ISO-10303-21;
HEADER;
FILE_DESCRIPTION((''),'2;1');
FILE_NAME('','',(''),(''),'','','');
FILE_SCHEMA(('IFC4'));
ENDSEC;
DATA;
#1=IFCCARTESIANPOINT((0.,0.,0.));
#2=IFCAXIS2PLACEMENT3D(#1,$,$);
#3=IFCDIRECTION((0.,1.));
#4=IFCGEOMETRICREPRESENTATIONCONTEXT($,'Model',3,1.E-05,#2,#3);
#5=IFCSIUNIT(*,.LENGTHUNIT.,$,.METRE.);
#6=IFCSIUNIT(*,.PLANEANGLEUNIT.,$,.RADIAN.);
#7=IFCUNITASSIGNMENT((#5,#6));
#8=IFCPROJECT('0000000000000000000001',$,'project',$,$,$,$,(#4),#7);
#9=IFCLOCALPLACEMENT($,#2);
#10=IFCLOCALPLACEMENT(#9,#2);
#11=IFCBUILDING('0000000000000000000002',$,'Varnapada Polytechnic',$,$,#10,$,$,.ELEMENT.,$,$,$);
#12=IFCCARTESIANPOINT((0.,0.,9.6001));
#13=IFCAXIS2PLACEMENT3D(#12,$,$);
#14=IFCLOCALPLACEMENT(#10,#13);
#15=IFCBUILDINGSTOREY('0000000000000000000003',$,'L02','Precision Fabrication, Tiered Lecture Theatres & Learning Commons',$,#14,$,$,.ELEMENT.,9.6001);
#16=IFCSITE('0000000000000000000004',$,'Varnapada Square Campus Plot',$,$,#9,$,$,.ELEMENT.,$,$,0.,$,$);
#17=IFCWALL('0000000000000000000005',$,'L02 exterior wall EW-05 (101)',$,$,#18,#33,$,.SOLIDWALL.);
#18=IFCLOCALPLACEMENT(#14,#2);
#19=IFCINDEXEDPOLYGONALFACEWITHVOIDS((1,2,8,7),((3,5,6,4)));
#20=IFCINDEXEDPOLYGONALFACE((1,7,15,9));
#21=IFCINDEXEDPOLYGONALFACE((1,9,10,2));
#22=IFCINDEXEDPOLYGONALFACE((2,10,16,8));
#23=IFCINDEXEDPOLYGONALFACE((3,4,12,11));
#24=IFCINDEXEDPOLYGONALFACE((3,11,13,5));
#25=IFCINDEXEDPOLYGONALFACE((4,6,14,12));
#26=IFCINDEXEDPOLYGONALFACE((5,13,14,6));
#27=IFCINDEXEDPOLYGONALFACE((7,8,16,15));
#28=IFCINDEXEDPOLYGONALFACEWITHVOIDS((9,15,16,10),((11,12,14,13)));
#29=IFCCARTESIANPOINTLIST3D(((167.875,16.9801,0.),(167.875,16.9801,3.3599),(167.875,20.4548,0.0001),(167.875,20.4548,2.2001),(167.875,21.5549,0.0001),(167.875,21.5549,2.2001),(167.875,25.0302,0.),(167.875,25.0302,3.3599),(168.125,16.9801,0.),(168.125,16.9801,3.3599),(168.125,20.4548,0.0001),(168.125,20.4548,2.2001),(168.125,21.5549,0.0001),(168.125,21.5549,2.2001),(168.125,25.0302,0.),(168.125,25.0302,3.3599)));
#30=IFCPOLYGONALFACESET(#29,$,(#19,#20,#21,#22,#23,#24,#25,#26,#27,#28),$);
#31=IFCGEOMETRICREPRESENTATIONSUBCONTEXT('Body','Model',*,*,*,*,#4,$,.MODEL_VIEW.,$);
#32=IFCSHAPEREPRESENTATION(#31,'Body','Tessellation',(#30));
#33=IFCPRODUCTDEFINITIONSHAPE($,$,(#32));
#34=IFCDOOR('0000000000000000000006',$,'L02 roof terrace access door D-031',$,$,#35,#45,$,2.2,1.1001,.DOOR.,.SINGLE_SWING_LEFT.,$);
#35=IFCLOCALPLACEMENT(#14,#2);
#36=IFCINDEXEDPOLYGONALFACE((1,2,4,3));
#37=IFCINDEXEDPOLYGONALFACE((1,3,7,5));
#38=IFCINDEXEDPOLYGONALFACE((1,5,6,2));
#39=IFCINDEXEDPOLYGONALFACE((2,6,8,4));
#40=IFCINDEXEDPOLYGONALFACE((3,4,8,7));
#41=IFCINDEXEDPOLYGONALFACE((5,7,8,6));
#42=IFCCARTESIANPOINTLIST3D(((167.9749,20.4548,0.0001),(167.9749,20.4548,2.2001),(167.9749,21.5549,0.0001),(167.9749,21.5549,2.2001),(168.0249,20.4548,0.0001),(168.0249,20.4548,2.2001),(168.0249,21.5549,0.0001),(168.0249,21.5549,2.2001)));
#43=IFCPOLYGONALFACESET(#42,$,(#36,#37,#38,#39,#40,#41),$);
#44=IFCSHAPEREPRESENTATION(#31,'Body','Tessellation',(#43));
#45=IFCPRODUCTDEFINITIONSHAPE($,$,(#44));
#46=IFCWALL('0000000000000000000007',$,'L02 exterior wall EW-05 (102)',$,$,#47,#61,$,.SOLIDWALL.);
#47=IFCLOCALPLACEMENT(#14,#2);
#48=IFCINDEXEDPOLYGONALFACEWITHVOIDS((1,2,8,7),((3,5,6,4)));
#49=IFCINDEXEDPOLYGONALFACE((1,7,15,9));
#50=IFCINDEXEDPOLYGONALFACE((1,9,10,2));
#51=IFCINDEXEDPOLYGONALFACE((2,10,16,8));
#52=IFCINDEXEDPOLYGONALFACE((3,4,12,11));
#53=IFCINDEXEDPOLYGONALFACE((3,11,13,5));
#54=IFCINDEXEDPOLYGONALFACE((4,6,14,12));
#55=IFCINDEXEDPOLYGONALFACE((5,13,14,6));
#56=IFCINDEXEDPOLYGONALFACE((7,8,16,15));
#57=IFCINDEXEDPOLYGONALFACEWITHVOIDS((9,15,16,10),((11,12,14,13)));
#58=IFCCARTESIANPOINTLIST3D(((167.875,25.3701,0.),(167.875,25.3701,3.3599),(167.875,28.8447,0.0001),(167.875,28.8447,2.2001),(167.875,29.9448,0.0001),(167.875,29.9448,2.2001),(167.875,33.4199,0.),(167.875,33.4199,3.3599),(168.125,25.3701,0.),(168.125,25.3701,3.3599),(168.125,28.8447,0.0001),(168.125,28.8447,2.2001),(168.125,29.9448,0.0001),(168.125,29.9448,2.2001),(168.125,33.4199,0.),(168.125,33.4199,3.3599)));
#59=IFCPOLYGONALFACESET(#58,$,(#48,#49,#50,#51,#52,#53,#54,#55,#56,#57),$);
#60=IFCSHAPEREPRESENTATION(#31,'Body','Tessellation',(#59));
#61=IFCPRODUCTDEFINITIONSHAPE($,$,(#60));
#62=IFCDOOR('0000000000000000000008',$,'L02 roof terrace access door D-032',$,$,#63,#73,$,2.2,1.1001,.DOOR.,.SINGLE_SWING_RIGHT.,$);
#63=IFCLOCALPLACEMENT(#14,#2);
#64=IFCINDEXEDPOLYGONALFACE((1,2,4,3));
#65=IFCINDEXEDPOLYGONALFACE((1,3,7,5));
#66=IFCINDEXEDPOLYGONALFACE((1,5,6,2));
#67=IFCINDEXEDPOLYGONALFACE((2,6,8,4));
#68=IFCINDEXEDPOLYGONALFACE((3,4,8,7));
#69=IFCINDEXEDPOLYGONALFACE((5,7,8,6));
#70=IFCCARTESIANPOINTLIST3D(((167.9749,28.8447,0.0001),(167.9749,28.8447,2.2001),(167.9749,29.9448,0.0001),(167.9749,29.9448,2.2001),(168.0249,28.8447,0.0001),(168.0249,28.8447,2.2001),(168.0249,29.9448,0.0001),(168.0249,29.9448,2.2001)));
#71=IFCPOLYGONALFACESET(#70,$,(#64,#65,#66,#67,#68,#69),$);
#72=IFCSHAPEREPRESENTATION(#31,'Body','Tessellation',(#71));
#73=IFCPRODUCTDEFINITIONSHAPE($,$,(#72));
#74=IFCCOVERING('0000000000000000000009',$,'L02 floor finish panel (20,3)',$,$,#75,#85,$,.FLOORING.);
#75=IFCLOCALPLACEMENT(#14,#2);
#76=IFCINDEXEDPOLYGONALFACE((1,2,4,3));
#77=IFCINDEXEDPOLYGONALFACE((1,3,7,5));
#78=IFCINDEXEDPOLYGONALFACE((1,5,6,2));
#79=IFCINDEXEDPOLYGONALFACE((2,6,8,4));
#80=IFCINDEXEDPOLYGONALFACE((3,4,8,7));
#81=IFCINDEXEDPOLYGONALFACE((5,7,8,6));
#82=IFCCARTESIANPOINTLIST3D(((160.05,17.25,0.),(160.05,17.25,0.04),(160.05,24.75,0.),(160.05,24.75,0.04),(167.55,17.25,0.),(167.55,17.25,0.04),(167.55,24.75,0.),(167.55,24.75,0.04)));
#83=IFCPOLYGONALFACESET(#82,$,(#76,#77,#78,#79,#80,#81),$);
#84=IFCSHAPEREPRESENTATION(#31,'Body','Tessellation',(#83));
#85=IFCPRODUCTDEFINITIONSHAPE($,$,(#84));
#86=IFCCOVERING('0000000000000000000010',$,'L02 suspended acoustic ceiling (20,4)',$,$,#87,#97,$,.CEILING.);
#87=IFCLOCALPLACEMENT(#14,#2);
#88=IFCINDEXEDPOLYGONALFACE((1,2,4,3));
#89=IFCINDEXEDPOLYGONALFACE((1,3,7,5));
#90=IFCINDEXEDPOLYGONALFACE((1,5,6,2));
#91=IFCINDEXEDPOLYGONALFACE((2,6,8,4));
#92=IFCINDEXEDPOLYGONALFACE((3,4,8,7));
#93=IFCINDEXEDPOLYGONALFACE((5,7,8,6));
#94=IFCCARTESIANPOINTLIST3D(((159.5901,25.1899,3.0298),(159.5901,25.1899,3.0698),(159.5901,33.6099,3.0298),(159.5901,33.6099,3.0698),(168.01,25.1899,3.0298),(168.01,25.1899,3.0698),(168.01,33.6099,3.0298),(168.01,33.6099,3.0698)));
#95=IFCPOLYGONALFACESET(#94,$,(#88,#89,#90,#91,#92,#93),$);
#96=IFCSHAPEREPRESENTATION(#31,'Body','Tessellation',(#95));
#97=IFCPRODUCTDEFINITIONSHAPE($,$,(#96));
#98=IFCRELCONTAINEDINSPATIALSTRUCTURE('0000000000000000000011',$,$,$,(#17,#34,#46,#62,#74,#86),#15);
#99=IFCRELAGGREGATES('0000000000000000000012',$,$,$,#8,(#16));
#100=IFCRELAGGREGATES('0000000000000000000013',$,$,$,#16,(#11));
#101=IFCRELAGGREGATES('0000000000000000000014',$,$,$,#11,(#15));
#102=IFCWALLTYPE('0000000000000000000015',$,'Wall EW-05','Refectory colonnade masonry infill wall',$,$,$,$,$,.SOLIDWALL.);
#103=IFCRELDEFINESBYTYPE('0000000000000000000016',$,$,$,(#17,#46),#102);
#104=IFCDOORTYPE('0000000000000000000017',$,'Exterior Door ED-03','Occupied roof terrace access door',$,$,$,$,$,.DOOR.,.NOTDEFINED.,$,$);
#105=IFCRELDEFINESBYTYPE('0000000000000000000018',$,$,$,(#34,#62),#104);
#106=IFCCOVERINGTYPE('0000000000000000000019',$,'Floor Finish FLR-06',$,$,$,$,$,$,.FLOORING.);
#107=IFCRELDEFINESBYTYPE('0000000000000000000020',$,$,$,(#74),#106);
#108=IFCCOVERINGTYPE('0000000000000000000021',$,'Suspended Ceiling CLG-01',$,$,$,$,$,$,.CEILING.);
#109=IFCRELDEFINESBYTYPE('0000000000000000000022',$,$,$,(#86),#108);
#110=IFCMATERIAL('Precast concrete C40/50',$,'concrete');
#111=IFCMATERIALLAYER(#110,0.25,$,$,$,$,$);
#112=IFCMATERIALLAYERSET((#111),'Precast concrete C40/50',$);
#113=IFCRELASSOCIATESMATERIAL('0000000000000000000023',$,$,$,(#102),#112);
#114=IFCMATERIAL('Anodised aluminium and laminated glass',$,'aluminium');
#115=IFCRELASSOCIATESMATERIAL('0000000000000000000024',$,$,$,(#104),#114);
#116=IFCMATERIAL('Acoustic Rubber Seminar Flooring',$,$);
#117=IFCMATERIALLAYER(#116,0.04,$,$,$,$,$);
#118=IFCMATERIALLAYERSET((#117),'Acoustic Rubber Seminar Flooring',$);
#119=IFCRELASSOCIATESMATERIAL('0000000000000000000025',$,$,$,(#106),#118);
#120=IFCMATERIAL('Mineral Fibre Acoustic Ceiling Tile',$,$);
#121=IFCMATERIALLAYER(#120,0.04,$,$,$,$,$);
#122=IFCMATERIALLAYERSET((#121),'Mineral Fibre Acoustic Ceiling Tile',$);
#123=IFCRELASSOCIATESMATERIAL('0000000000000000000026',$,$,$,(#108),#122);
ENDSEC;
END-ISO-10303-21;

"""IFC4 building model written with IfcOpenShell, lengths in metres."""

from ifc_helpers import new_model, si_unit, direction, frame, frame_2d, origin, origin_2d, place, context, subcontext, project, spatial, rectangle, extrude, material, layer, layer_set, type_object, element, fill, save


model = new_model("IFC4")

# Units and contexts
model_context = context("Model", 3, precision=1e-05, world=origin(), true_north=direction((0.0, 1.0)))
body_context = subcontext(model_context, "Body", "Model", "MODEL_VIEW")
ifc_project = project(units=[si_unit("LENGTHUNIT", "METRE"), si_unit("PLANEANGLEUNIT", "RADIAN")], contexts=[model_context])

# Site, building, storey
site_placement = place(None, origin())
site = spatial("IfcSite", under=ifc_project, at=site_placement, Name="Varnapada Square Campus Plot", CompositionType="ELEMENT", RefElevation=0.0)
building_placement = place(site_placement, origin())
building = spatial("IfcBuilding", under=site, at=building_placement, Name="Varnapada Polytechnic", CompositionType="ELEMENT")
storey_placement = place(building_placement, frame((0.0, 0.0, 9.6001)))
storey = spatial("IfcBuildingStorey", under=building, at=storey_placement, Name="L02", Description="Precision Fabrication, Tiered Lecture Theatres & Learning Commons", CompositionType="ELEMENT", Elevation=9.6001)

# Walls, openings, doors
ifc_material_1 = material(Name="Precast concrete C40/50", Category="concrete")
ifc_layer_1 = layer(ifc_material_1, 0.25)
ifc_layer_set_1 = layer_set([ifc_layer_1], Name="Precast concrete C40/50")
wall_type_1 = type_object("IfcWallType", Name="Wall EW-05", Description="Refectory colonnade masonry infill wall", PredefinedType="SOLIDWALL", material=ifc_layer_set_1)
wall_1_placement = place(storey_placement, frame((168.0, 25.03, 0.0), z_axis=(0.0, 0.0, 1.0), x_axis=(0.0, -1.0, 0.0)))
wall_1 = element("IfcWall", 1, at=wall_1_placement, inside=storey, type_object=wall_type_1, Name="L02 exterior wall EW-05 (101)", PredefinedType="SOLIDWALL", context=body_context, shape_type="SweptSolid", body=[
    extrude(rectangle(XDim=8.05, YDim=0.25, at=frame_2d((4.0249, 0.0))), origin(), (0.0, 0.0, 1.0), 3.3599),
])
opening_1_placement = place(wall_1_placement, frame((3.4751, 0.0, 0.0)))
opening_1 = element("IfcOpeningElement", 2, at=opening_1_placement, cuts=wall_1, PredefinedType="OPENING", context=body_context, shape_type="SweptSolid", body=[
    extrude(rectangle(XDim=1.1001, YDim=2.2, at=frame_2d((0.55, 1.1001))), frame((0.0, 0.135, 0.0), z_axis=(0.0, -1.0, 0.0), x_axis=(1.0, 0.0, 0.0)), (0.0, 0.0, 1.0), 0.27),
])
ifc_material_2 = material(Name="Anodised aluminium and laminated glass", Category="aluminium")
door_type = type_object("IfcDoorType", Name="Exterior Door ED-03", Description="Occupied roof terrace access door", OperationType="NOTDEFINED", PredefinedType="DOOR", material=ifc_material_2)
door_1_placement = place(opening_1_placement, origin())
door_1 = element("IfcDoor", 3, at=door_1_placement, inside=storey, type_object=door_type, Name="L02 roof terrace access door D-031", OperationType="SINGLE_SWING_LEFT", OverallHeight=2.2, OverallWidth=1.1001, PredefinedType="DOOR", context=body_context, shape_type="SweptSolid", body=[
    extrude(rectangle(XDim=1.1001, YDim=2.2, at=frame_2d((0.55, 1.1001))), frame((0.0, 0.0249, 0.0), z_axis=(0.0, -1.0, 0.0), x_axis=(1.0, 0.0, 0.0)), (0.0, 0.0, 1.0), 0.05),
])
fill(opening_1, door_1)
wall_2_placement = place(storey_placement, frame((168.0, 33.4199, 0.0), z_axis=(0.0, 0.0, 1.0), x_axis=(0.0, -1.0, 0.0)))
wall_2 = element("IfcWall", 4, at=wall_2_placement, inside=storey, type_object=wall_type_1, Name="L02 exterior wall EW-05 (102)", PredefinedType="SOLIDWALL", context=body_context, shape_type="SweptSolid", body=[
    extrude(rectangle(XDim=8.0498, YDim=0.25, at=frame_2d((4.0249, 0.0))), origin(), (0.0, 0.0, 1.0), 3.3599),
])
opening_2_placement = place(wall_2_placement, frame((3.4751, 0.0, 0.0)))
opening_2 = element("IfcOpeningElement", 5, at=opening_2_placement, cuts=wall_2, PredefinedType="OPENING", context=body_context, shape_type="SweptSolid", body=[
    extrude(rectangle(XDim=1.1001, YDim=2.2, at=frame_2d((0.55, 1.1001))), frame((0.0, 0.135, 0.0), z_axis=(0.0, -1.0, 0.0), x_axis=(1.0, 0.0, 0.0)), (0.0, 0.0, 1.0), 0.27),
])
door_2_placement = place(opening_2_placement, origin())
door_2 = element("IfcDoor", 6, at=door_2_placement, inside=storey, type_object=door_type, Name="L02 roof terrace access door D-032", OperationType="SINGLE_SWING_RIGHT", OverallHeight=2.2, OverallWidth=1.1001, PredefinedType="DOOR", context=body_context, shape_type="SweptSolid", body=[
    extrude(rectangle(XDim=1.1001, YDim=2.2, at=frame_2d((0.55, 1.1001))), frame((0.0, 0.0249, 0.0), z_axis=(0.0, -1.0, 0.0), x_axis=(1.0, 0.0, 0.0)), (0.0, 0.0, 1.0), 0.05),
])
fill(opening_2, door_2)

# Coverings
ifc_material_3 = material(Name="Acoustic Rubber Seminar Flooring")
ifc_layer_2 = layer(ifc_material_3, 0.04)
ifc_layer_set_2 = layer_set([ifc_layer_2], Name="Acoustic Rubber Seminar Flooring")
covering_type_1 = type_object("IfcCoveringType", Name="Floor Finish FLR-06", PredefinedType="FLOORING", material=ifc_layer_set_2)
covering_1_placement = place(storey_placement, frame((163.8, 21.0, 0.0), z_axis=(0.0, 0.0, 1.0), x_axis=(1.0, 0.0, 0.0)))
element("IfcCovering", 7, at=covering_1_placement, inside=storey, type_object=covering_type_1, Name="L02 floor finish panel (20,3)", PredefinedType="FLOORING", context=body_context, shape_type="SweptSolid", body=[
    extrude(rectangle(XDim=7.5, YDim=7.5, at=origin_2d()), origin(), (0.0, 0.0, 1.0), 0.04),
])
ifc_material_4 = material(Name="Mineral Fibre Acoustic Ceiling Tile")
ifc_layer_3 = layer(ifc_material_4, 0.04)
ifc_layer_set_3 = layer_set([ifc_layer_3], Name="Mineral Fibre Acoustic Ceiling Tile")
covering_type_2 = type_object("IfcCoveringType", Name="Suspended Ceiling CLG-01", PredefinedType="CEILING", material=ifc_layer_set_3)
covering_2_placement = place(storey_placement, frame((163.8, 29.3999, 3.0298), z_axis=(0.0, 0.0, 1.0), x_axis=(1.0, 0.0, 0.0)))
element("IfcCovering", 8, at=covering_2_placement, inside=storey, type_object=covering_type_2, Name="L02 suspended acoustic ceiling (20,4)", PredefinedType="CEILING", context=body_context, shape_type="SweptSolid", body=[
    extrude(rectangle(XDim=8.4199, YDim=8.4199, at=origin_2d()), origin(), (0.0, 0.0, 1.0), 0.04),
])

save(model, "model.ifc")
